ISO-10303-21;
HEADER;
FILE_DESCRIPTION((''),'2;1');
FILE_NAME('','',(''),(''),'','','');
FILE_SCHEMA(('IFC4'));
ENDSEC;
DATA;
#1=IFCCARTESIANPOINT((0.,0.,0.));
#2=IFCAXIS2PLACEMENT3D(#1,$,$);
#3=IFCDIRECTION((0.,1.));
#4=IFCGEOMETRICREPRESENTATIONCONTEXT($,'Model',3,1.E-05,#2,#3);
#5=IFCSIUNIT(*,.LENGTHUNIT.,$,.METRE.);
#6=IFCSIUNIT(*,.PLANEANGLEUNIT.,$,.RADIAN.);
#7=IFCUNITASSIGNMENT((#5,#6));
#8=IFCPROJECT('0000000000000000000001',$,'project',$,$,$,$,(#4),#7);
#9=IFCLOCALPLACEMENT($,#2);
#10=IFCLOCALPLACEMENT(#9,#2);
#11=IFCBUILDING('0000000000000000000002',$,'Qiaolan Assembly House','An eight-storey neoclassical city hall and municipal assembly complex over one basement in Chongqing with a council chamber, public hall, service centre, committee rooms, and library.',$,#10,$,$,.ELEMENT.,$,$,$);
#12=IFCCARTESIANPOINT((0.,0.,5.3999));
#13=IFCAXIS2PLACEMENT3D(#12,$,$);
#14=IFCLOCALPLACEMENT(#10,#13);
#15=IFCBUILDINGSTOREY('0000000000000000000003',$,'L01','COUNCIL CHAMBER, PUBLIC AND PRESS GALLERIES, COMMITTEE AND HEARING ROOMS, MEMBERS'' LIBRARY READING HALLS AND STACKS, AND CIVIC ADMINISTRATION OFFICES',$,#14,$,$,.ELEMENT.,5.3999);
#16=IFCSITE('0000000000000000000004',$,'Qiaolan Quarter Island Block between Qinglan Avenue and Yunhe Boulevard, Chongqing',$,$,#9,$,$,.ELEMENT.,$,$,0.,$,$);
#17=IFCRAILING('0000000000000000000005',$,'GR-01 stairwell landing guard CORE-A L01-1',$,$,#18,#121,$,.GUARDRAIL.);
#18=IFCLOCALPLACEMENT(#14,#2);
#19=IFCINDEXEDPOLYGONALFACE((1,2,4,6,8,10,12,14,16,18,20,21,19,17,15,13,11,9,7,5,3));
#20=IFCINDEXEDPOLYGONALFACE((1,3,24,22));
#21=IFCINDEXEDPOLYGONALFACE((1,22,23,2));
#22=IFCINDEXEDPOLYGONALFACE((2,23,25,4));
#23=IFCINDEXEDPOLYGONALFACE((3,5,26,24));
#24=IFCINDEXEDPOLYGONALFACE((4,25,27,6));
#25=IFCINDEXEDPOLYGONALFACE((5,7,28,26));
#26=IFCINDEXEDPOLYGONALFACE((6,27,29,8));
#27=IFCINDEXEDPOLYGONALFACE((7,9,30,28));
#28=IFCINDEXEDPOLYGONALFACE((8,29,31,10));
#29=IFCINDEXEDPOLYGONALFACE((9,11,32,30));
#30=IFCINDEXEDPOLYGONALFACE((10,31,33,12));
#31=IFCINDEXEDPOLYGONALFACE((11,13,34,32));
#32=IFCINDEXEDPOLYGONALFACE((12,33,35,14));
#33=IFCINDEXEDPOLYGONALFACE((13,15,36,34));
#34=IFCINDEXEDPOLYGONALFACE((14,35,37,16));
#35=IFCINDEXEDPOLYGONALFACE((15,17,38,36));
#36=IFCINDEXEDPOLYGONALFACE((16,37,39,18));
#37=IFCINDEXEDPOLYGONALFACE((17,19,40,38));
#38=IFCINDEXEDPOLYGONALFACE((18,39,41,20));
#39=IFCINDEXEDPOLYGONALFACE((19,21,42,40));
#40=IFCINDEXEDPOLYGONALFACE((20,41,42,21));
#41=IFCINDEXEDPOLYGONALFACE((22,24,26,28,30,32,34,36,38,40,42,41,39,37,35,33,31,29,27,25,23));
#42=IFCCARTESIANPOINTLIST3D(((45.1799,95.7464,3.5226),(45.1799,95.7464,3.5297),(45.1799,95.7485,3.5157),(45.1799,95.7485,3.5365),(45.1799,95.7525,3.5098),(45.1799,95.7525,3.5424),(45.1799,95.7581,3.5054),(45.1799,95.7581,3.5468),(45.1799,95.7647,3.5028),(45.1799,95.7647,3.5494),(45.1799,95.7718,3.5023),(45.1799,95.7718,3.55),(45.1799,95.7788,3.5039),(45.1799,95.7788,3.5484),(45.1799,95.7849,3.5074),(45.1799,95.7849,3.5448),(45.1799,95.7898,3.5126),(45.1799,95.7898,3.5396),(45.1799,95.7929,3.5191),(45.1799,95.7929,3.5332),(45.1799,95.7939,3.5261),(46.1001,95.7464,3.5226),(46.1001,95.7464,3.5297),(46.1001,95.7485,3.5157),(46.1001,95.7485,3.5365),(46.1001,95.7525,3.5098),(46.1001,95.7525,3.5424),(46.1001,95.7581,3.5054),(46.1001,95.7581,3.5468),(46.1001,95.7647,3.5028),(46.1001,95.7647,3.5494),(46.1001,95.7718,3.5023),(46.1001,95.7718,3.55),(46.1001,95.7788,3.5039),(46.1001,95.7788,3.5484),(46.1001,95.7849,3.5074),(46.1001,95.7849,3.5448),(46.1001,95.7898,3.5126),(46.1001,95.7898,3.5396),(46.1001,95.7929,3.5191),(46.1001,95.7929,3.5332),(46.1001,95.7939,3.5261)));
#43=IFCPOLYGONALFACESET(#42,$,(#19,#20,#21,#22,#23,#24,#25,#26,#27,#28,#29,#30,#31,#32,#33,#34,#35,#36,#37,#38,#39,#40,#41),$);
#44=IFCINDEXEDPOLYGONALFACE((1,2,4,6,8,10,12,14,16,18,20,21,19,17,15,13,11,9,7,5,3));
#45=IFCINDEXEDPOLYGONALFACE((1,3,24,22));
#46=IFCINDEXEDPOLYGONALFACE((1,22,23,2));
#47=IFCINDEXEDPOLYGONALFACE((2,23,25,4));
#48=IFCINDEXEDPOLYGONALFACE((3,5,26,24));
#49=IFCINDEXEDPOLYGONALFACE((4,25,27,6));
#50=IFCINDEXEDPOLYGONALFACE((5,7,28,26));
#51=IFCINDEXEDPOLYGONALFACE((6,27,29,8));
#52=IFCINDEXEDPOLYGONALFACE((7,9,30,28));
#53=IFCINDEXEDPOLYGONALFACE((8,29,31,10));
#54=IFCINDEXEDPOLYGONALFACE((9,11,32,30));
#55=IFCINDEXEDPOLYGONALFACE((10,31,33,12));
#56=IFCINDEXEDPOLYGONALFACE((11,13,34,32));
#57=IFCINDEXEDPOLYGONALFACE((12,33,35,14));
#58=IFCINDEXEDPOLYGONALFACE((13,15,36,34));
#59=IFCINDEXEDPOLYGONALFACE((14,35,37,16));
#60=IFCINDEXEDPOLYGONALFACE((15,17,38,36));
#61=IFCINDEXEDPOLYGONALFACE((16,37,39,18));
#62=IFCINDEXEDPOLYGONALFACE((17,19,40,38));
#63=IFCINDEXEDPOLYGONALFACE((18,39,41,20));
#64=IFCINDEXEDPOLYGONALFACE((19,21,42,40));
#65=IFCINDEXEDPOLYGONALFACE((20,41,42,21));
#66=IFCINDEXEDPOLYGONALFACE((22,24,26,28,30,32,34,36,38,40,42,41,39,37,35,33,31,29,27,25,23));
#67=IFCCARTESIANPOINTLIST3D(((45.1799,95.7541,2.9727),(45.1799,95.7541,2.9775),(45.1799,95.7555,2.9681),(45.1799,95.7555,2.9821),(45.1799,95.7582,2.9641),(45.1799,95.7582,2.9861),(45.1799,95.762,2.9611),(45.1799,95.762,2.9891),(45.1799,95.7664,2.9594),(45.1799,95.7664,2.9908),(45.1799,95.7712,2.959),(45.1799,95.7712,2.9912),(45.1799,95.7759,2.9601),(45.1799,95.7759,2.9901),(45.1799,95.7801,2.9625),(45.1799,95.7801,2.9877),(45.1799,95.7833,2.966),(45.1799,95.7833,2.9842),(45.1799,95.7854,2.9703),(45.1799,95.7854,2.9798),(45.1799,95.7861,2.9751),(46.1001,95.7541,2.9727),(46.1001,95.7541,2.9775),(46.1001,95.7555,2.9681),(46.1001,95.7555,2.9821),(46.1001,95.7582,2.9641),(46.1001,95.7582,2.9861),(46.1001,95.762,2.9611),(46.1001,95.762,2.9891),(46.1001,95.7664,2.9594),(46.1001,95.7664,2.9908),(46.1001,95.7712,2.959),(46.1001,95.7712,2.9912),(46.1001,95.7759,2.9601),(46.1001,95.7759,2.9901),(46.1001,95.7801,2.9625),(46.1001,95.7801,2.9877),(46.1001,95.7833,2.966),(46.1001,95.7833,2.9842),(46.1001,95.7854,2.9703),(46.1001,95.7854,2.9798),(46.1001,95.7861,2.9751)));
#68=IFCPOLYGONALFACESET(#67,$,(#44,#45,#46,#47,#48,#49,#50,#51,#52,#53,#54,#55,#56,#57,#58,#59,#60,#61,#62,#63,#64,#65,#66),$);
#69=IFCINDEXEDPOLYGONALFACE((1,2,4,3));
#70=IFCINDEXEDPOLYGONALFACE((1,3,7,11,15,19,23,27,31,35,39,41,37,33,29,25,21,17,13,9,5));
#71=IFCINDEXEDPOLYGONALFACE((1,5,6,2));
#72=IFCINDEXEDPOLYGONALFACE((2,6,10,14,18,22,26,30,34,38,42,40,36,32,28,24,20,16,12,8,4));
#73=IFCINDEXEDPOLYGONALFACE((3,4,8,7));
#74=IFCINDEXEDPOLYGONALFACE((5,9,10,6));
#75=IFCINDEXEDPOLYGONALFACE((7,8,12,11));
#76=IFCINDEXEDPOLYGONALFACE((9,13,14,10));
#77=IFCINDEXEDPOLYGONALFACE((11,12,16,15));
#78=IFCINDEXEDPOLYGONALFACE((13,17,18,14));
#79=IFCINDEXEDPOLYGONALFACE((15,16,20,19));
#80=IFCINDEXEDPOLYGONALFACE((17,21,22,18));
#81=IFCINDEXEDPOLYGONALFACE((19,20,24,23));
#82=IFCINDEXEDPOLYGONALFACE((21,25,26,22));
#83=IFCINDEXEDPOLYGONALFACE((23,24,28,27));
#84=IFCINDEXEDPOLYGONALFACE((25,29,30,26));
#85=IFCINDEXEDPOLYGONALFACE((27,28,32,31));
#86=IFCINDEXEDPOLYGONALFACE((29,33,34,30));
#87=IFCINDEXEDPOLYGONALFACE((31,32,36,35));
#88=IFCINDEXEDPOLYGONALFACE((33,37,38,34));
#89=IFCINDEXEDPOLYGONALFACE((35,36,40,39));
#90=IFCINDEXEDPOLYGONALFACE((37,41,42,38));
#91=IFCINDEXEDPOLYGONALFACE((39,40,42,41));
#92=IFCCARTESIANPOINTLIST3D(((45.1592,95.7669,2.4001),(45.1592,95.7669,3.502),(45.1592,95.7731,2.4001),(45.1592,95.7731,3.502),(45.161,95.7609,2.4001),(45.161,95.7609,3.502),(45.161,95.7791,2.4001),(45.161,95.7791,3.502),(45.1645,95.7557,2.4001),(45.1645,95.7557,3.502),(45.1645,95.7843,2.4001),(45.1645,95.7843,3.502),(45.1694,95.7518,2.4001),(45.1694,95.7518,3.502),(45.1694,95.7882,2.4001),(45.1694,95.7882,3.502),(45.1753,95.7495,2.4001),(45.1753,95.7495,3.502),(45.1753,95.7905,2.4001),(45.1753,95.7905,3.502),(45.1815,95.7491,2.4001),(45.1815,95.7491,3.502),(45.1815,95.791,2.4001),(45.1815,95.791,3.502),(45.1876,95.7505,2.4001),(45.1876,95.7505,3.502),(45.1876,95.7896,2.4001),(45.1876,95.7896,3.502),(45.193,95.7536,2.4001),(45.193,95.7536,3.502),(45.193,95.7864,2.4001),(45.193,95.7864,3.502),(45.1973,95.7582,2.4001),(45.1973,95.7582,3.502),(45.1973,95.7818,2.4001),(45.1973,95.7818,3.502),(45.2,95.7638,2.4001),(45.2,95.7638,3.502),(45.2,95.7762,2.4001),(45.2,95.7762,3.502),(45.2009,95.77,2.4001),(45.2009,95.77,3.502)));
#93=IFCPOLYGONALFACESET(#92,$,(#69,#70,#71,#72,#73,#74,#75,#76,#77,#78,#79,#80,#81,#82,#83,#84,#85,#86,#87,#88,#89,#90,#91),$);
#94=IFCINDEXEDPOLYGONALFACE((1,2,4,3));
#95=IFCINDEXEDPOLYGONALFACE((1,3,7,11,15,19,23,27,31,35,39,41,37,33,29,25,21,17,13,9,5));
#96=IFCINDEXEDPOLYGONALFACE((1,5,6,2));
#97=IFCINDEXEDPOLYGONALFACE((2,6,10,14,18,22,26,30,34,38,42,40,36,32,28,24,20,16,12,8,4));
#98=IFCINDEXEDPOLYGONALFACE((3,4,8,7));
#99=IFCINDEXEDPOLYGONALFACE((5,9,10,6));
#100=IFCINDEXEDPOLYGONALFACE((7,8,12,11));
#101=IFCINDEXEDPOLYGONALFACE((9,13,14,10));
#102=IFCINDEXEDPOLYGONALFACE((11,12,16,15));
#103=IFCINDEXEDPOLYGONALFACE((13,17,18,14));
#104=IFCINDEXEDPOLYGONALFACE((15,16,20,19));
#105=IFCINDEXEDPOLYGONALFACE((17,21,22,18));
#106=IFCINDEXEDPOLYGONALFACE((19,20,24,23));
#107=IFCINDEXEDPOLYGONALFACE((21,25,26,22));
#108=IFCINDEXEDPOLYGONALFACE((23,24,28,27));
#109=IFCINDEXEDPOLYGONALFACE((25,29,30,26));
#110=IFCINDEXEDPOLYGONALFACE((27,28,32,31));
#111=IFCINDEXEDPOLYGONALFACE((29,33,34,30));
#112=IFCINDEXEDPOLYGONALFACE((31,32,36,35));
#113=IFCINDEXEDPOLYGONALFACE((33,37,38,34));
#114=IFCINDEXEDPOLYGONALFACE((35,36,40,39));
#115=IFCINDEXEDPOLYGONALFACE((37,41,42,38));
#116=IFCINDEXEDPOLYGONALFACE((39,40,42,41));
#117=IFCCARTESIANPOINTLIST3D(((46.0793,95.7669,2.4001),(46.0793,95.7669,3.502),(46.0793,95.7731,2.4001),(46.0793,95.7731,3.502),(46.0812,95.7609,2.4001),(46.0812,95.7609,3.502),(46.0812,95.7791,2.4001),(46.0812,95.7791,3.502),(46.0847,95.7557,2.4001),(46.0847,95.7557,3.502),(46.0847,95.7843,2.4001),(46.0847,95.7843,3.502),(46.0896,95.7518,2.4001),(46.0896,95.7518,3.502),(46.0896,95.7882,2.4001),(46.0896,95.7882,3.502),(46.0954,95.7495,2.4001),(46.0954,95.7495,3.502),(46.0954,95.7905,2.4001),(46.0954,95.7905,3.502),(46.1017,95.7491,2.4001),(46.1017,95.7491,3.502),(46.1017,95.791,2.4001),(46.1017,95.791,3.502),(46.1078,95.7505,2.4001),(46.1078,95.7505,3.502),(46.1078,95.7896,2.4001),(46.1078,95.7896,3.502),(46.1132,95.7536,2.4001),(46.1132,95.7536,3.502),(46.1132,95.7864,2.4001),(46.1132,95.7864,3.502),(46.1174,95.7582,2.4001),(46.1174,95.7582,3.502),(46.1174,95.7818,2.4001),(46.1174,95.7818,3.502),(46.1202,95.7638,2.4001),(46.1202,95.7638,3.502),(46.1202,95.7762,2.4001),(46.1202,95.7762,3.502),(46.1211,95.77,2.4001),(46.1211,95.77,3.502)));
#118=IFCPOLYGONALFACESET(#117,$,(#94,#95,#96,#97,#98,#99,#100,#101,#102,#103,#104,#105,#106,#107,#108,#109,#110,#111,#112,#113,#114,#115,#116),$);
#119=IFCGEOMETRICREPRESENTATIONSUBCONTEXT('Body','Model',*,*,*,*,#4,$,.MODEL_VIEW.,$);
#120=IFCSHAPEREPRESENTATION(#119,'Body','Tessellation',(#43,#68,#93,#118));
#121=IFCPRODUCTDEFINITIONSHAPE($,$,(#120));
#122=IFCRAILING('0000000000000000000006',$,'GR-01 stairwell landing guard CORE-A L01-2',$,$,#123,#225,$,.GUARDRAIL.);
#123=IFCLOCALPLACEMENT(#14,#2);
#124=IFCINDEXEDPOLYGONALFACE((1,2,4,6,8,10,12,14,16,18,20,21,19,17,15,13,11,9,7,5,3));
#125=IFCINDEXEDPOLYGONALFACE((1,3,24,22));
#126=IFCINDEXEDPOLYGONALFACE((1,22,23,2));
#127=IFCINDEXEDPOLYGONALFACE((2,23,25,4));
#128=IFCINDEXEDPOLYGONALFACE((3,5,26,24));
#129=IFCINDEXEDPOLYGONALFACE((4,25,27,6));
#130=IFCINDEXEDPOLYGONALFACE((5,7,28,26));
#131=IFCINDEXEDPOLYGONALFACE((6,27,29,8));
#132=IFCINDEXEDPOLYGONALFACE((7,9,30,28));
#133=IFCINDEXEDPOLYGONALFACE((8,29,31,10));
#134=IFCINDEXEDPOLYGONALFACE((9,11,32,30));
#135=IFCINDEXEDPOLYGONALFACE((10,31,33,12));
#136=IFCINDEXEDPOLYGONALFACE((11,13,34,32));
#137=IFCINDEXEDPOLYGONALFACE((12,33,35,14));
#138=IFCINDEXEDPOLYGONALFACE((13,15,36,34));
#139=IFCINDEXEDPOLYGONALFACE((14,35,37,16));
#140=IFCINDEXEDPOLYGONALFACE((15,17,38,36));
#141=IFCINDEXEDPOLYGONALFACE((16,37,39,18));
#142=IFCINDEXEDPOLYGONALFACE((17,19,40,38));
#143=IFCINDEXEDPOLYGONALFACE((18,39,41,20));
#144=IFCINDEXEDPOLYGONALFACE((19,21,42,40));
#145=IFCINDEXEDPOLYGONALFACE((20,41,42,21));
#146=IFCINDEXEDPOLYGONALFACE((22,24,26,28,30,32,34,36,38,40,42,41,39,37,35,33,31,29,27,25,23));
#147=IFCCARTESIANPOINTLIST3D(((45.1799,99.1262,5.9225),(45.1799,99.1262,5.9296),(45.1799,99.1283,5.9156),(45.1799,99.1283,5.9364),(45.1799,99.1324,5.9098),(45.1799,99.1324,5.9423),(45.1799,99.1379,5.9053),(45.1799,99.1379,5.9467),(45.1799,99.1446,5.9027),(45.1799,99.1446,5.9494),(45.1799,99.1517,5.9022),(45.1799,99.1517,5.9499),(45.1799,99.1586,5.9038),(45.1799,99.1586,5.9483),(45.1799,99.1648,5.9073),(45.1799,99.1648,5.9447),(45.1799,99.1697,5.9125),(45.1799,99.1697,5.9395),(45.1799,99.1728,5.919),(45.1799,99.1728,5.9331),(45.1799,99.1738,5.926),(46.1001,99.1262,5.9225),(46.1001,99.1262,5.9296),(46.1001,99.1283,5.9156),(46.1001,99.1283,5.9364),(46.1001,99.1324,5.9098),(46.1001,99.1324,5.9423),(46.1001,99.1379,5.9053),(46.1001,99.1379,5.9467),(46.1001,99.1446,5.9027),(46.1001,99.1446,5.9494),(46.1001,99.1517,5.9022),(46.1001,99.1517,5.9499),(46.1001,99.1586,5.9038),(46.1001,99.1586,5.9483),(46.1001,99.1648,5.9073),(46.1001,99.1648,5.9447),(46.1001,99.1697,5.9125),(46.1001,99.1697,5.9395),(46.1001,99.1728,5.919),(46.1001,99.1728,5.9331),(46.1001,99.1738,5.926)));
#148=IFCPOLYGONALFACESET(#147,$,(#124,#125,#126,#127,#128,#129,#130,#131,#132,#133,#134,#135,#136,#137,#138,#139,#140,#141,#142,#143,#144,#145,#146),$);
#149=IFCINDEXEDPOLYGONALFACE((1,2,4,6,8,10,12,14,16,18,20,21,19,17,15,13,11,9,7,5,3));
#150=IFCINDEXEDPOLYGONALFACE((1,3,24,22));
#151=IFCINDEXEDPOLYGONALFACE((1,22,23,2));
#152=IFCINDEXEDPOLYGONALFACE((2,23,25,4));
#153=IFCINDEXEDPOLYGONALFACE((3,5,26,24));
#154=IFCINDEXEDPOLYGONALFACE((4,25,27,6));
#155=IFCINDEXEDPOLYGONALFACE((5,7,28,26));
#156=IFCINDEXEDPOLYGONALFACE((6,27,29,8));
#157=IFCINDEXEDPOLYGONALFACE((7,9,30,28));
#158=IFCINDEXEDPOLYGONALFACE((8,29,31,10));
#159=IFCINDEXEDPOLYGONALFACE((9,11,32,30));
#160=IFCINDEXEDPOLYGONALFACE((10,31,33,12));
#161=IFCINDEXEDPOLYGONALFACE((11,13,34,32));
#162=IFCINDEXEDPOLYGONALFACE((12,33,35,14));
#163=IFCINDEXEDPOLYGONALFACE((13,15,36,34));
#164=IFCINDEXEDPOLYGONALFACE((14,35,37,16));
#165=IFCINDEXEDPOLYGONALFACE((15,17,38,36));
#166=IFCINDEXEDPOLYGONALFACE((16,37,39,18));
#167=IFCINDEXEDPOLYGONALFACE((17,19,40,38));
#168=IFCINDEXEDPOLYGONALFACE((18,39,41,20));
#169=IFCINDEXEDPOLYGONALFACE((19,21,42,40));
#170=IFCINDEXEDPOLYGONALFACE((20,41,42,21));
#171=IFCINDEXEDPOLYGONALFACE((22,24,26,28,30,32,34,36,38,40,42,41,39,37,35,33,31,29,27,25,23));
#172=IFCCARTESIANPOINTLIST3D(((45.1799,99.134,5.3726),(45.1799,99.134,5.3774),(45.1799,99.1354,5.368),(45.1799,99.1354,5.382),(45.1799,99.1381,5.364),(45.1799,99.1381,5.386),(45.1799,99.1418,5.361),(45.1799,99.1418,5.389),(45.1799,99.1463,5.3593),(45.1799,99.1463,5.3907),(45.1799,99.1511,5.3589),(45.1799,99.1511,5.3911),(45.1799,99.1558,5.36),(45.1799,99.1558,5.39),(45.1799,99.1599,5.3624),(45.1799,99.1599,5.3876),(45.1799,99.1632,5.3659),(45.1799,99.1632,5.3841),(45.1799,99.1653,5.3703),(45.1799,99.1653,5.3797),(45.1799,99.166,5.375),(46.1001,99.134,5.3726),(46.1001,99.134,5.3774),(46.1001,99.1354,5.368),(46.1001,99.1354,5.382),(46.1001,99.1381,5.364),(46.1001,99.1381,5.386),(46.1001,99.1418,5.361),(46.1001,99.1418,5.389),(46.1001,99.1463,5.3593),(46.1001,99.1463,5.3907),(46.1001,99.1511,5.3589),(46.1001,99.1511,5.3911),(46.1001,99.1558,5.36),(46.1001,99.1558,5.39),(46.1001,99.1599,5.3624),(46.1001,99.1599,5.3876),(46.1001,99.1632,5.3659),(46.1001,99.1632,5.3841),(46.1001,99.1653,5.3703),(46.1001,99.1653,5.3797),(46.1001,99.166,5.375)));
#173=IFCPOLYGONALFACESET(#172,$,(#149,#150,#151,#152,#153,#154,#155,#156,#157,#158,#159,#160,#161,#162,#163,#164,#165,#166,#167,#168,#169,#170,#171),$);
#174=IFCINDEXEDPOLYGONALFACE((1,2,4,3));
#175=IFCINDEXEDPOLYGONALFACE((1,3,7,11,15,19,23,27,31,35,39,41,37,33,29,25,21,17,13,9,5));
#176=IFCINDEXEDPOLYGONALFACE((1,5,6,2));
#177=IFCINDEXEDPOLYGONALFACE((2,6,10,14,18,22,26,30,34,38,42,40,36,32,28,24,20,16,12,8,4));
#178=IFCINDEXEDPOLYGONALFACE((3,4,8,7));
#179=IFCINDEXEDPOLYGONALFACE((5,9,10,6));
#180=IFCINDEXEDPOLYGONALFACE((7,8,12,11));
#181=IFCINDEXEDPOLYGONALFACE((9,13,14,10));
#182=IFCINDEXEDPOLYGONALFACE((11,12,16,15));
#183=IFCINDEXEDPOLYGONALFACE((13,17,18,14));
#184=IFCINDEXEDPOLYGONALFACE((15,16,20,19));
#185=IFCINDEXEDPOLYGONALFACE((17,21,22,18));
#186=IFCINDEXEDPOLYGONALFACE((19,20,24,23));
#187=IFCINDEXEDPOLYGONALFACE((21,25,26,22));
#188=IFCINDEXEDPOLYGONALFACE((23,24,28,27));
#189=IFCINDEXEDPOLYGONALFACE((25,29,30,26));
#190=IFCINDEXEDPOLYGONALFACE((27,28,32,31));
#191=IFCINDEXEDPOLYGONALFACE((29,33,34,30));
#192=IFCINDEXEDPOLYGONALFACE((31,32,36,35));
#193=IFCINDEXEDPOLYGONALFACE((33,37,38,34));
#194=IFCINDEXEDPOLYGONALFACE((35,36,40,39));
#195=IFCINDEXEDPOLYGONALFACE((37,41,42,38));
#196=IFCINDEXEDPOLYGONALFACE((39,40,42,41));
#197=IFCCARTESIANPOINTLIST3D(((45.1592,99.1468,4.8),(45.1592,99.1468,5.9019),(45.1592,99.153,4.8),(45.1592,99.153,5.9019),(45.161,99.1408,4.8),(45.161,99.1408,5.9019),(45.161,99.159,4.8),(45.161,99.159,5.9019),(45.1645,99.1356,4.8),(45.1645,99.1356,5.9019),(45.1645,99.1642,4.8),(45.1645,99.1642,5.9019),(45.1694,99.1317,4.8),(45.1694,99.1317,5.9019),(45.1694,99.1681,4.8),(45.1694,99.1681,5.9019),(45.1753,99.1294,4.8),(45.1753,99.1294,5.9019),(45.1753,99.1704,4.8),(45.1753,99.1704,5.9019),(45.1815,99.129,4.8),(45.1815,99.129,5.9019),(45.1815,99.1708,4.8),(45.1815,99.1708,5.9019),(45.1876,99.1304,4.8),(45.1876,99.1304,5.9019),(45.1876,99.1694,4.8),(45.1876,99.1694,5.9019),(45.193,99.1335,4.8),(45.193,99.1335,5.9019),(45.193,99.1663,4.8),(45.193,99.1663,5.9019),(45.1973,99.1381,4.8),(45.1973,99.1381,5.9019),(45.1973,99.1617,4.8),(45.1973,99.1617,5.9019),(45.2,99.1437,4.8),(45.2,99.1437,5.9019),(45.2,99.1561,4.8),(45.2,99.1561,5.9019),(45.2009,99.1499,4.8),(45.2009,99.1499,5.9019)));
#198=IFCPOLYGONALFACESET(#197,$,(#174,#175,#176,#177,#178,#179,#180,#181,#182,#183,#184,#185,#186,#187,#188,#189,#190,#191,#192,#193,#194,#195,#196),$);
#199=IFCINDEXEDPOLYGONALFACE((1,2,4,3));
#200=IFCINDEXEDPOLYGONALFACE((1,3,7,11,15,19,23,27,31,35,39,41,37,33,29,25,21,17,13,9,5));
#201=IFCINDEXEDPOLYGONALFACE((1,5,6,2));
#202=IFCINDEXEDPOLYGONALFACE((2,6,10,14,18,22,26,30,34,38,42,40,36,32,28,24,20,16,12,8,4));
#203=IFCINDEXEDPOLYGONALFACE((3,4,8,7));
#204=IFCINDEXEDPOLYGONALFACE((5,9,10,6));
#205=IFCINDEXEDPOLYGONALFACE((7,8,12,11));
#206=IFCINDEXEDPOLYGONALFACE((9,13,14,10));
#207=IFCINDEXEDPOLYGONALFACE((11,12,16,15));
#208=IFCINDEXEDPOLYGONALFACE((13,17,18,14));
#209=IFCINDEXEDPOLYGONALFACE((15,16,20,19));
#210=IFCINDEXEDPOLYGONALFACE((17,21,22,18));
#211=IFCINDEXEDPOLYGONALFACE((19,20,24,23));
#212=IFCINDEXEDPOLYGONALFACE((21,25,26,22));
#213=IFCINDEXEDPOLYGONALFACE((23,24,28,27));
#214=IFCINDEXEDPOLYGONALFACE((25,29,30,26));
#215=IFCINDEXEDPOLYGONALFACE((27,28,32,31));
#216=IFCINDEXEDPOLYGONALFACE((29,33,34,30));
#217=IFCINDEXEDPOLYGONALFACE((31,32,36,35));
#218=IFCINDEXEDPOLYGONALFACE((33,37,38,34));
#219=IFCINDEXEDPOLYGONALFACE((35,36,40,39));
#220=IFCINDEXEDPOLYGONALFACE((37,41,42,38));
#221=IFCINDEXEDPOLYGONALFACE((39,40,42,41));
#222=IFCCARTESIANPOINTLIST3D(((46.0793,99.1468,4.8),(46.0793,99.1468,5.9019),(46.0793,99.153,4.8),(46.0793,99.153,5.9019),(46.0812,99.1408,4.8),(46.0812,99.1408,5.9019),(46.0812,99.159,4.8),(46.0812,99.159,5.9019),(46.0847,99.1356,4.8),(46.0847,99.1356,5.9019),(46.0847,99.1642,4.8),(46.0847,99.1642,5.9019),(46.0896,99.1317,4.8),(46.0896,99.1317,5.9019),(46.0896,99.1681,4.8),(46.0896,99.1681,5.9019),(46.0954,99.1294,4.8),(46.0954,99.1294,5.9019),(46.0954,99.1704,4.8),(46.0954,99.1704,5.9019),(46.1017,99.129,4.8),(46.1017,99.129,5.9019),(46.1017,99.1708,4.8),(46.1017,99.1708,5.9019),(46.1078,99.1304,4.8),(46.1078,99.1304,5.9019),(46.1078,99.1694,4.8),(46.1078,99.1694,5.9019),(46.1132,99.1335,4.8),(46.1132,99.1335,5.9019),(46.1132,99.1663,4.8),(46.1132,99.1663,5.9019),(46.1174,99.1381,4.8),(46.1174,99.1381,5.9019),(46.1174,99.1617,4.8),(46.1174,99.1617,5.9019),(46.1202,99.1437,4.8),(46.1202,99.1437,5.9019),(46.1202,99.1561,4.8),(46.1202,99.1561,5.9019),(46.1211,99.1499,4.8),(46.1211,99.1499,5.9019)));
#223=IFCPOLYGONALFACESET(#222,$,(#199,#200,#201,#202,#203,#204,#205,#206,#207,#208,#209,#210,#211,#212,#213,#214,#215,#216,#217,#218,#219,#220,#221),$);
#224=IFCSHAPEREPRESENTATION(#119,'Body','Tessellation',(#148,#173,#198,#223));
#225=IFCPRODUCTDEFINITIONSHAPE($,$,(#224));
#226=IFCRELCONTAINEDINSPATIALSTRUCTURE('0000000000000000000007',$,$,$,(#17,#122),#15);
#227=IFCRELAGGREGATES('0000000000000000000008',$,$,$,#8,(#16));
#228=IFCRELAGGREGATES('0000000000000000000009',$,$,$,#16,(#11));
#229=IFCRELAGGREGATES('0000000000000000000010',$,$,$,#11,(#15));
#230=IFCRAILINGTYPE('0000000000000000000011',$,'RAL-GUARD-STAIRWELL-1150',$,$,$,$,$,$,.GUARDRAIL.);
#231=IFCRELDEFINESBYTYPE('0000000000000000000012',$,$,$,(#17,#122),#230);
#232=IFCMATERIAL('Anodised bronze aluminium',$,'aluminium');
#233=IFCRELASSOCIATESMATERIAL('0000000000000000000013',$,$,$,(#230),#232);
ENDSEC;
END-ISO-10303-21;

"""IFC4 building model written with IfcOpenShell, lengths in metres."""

from ifc_helpers import new_model, si_unit, direction, frame, origin, origin_2d, place, context, subcontext, project, spatial, circle, extrude, material, type_object, element, save


model = new_model("IFC4")

# Units and contexts
model_context = context("Model", 3, precision=1e-05, world=origin(), true_north=direction((0.0, 1.0)))
body_context = subcontext(model_context, "Body", "Model", "MODEL_VIEW")
ifc_project = project(units=[si_unit("LENGTHUNIT", "METRE"), si_unit("PLANEANGLEUNIT", "RADIAN")], contexts=[model_context])

# Site, building, storey
site_placement = place(None, origin())
site = spatial("IfcSite", under=ifc_project, at=site_placement, Name="Qiaolan Quarter Island Block between Qinglan Avenue and Yunhe Boulevard, Chongqing", CompositionType="ELEMENT", RefElevation=0.0)
building_placement = place(site_placement, origin())
building = spatial("IfcBuilding", under=site, at=building_placement, Name="Qiaolan Assembly House", Description="An eight-storey neoclassical city hall and municipal assembly complex over one basement in Chongqing with a council chamber, public hall, service centre, committee rooms, and library.", CompositionType="ELEMENT")
storey_placement = place(building_placement, frame((0.0, 0.0, 5.3999)))
storey = spatial("IfcBuildingStorey", under=building, at=storey_placement, Name="L01", Description="COUNCIL CHAMBER, PUBLIC AND PRESS GALLERIES, COMMITTEE AND HEARING ROOMS, MEMBERS' LIBRARY READING HALLS AND STACKS, AND CIVIC ADMINISTRATION OFFICES", CompositionType="ELEMENT", Elevation=5.3999)

# Railings
ifc_material_1 = material(Name="Anodised bronze aluminium", Category="aluminium")
railing_type_1 = type_object("IfcRailingType", Name="RAL-GUARD-STAIRWELL-1150", PredefinedType="GUARDRAIL", material=ifc_material_1)
for number, where, name in (
    (1, (45.1799, 95.77, 2.4001), "GR-01 stairwell landing guard CORE-A L01-1"),
    (2, (45.1799, 99.1499, 4.8), "GR-01 stairwell landing guard CORE-A L01-2"),
):
    element("IfcRailing", number, at=place(storey_placement, frame(where)), inside=storey, type_object=railing_type_1, Name=name, PredefinedType="GUARDRAIL", context=body_context, shape_type="SweptSolid", body=[
        extrude(circle(Radius=0.0239, at=origin_2d()), frame((0.0, 0.0, 1.126), z_axis=(1.0, 0.0, 0.0), x_axis=(0.0, 1.0, 0.0)), (0.0, 0.0, 1.0), 0.9202),
        extrude(circle(Radius=0.0161, at=origin_2d()), frame((0.0, 0.0, 0.575), z_axis=(1.0, 0.0, 0.0), x_axis=(0.0, 1.0, 0.0)), (0.0, 0.0, 1.0), 0.9202),
        extrude(circle(Radius=0.021, at=origin_2d()), origin(), (0.0, 0.0, 1.0), 1.1018),
        extrude(circle(Radius=0.021, at=origin_2d()), frame((0.9202, 0.0, 0.0)), (0.0, 0.0, 1.0), 1.1018),
    ])

save(model, "model.ifc")
